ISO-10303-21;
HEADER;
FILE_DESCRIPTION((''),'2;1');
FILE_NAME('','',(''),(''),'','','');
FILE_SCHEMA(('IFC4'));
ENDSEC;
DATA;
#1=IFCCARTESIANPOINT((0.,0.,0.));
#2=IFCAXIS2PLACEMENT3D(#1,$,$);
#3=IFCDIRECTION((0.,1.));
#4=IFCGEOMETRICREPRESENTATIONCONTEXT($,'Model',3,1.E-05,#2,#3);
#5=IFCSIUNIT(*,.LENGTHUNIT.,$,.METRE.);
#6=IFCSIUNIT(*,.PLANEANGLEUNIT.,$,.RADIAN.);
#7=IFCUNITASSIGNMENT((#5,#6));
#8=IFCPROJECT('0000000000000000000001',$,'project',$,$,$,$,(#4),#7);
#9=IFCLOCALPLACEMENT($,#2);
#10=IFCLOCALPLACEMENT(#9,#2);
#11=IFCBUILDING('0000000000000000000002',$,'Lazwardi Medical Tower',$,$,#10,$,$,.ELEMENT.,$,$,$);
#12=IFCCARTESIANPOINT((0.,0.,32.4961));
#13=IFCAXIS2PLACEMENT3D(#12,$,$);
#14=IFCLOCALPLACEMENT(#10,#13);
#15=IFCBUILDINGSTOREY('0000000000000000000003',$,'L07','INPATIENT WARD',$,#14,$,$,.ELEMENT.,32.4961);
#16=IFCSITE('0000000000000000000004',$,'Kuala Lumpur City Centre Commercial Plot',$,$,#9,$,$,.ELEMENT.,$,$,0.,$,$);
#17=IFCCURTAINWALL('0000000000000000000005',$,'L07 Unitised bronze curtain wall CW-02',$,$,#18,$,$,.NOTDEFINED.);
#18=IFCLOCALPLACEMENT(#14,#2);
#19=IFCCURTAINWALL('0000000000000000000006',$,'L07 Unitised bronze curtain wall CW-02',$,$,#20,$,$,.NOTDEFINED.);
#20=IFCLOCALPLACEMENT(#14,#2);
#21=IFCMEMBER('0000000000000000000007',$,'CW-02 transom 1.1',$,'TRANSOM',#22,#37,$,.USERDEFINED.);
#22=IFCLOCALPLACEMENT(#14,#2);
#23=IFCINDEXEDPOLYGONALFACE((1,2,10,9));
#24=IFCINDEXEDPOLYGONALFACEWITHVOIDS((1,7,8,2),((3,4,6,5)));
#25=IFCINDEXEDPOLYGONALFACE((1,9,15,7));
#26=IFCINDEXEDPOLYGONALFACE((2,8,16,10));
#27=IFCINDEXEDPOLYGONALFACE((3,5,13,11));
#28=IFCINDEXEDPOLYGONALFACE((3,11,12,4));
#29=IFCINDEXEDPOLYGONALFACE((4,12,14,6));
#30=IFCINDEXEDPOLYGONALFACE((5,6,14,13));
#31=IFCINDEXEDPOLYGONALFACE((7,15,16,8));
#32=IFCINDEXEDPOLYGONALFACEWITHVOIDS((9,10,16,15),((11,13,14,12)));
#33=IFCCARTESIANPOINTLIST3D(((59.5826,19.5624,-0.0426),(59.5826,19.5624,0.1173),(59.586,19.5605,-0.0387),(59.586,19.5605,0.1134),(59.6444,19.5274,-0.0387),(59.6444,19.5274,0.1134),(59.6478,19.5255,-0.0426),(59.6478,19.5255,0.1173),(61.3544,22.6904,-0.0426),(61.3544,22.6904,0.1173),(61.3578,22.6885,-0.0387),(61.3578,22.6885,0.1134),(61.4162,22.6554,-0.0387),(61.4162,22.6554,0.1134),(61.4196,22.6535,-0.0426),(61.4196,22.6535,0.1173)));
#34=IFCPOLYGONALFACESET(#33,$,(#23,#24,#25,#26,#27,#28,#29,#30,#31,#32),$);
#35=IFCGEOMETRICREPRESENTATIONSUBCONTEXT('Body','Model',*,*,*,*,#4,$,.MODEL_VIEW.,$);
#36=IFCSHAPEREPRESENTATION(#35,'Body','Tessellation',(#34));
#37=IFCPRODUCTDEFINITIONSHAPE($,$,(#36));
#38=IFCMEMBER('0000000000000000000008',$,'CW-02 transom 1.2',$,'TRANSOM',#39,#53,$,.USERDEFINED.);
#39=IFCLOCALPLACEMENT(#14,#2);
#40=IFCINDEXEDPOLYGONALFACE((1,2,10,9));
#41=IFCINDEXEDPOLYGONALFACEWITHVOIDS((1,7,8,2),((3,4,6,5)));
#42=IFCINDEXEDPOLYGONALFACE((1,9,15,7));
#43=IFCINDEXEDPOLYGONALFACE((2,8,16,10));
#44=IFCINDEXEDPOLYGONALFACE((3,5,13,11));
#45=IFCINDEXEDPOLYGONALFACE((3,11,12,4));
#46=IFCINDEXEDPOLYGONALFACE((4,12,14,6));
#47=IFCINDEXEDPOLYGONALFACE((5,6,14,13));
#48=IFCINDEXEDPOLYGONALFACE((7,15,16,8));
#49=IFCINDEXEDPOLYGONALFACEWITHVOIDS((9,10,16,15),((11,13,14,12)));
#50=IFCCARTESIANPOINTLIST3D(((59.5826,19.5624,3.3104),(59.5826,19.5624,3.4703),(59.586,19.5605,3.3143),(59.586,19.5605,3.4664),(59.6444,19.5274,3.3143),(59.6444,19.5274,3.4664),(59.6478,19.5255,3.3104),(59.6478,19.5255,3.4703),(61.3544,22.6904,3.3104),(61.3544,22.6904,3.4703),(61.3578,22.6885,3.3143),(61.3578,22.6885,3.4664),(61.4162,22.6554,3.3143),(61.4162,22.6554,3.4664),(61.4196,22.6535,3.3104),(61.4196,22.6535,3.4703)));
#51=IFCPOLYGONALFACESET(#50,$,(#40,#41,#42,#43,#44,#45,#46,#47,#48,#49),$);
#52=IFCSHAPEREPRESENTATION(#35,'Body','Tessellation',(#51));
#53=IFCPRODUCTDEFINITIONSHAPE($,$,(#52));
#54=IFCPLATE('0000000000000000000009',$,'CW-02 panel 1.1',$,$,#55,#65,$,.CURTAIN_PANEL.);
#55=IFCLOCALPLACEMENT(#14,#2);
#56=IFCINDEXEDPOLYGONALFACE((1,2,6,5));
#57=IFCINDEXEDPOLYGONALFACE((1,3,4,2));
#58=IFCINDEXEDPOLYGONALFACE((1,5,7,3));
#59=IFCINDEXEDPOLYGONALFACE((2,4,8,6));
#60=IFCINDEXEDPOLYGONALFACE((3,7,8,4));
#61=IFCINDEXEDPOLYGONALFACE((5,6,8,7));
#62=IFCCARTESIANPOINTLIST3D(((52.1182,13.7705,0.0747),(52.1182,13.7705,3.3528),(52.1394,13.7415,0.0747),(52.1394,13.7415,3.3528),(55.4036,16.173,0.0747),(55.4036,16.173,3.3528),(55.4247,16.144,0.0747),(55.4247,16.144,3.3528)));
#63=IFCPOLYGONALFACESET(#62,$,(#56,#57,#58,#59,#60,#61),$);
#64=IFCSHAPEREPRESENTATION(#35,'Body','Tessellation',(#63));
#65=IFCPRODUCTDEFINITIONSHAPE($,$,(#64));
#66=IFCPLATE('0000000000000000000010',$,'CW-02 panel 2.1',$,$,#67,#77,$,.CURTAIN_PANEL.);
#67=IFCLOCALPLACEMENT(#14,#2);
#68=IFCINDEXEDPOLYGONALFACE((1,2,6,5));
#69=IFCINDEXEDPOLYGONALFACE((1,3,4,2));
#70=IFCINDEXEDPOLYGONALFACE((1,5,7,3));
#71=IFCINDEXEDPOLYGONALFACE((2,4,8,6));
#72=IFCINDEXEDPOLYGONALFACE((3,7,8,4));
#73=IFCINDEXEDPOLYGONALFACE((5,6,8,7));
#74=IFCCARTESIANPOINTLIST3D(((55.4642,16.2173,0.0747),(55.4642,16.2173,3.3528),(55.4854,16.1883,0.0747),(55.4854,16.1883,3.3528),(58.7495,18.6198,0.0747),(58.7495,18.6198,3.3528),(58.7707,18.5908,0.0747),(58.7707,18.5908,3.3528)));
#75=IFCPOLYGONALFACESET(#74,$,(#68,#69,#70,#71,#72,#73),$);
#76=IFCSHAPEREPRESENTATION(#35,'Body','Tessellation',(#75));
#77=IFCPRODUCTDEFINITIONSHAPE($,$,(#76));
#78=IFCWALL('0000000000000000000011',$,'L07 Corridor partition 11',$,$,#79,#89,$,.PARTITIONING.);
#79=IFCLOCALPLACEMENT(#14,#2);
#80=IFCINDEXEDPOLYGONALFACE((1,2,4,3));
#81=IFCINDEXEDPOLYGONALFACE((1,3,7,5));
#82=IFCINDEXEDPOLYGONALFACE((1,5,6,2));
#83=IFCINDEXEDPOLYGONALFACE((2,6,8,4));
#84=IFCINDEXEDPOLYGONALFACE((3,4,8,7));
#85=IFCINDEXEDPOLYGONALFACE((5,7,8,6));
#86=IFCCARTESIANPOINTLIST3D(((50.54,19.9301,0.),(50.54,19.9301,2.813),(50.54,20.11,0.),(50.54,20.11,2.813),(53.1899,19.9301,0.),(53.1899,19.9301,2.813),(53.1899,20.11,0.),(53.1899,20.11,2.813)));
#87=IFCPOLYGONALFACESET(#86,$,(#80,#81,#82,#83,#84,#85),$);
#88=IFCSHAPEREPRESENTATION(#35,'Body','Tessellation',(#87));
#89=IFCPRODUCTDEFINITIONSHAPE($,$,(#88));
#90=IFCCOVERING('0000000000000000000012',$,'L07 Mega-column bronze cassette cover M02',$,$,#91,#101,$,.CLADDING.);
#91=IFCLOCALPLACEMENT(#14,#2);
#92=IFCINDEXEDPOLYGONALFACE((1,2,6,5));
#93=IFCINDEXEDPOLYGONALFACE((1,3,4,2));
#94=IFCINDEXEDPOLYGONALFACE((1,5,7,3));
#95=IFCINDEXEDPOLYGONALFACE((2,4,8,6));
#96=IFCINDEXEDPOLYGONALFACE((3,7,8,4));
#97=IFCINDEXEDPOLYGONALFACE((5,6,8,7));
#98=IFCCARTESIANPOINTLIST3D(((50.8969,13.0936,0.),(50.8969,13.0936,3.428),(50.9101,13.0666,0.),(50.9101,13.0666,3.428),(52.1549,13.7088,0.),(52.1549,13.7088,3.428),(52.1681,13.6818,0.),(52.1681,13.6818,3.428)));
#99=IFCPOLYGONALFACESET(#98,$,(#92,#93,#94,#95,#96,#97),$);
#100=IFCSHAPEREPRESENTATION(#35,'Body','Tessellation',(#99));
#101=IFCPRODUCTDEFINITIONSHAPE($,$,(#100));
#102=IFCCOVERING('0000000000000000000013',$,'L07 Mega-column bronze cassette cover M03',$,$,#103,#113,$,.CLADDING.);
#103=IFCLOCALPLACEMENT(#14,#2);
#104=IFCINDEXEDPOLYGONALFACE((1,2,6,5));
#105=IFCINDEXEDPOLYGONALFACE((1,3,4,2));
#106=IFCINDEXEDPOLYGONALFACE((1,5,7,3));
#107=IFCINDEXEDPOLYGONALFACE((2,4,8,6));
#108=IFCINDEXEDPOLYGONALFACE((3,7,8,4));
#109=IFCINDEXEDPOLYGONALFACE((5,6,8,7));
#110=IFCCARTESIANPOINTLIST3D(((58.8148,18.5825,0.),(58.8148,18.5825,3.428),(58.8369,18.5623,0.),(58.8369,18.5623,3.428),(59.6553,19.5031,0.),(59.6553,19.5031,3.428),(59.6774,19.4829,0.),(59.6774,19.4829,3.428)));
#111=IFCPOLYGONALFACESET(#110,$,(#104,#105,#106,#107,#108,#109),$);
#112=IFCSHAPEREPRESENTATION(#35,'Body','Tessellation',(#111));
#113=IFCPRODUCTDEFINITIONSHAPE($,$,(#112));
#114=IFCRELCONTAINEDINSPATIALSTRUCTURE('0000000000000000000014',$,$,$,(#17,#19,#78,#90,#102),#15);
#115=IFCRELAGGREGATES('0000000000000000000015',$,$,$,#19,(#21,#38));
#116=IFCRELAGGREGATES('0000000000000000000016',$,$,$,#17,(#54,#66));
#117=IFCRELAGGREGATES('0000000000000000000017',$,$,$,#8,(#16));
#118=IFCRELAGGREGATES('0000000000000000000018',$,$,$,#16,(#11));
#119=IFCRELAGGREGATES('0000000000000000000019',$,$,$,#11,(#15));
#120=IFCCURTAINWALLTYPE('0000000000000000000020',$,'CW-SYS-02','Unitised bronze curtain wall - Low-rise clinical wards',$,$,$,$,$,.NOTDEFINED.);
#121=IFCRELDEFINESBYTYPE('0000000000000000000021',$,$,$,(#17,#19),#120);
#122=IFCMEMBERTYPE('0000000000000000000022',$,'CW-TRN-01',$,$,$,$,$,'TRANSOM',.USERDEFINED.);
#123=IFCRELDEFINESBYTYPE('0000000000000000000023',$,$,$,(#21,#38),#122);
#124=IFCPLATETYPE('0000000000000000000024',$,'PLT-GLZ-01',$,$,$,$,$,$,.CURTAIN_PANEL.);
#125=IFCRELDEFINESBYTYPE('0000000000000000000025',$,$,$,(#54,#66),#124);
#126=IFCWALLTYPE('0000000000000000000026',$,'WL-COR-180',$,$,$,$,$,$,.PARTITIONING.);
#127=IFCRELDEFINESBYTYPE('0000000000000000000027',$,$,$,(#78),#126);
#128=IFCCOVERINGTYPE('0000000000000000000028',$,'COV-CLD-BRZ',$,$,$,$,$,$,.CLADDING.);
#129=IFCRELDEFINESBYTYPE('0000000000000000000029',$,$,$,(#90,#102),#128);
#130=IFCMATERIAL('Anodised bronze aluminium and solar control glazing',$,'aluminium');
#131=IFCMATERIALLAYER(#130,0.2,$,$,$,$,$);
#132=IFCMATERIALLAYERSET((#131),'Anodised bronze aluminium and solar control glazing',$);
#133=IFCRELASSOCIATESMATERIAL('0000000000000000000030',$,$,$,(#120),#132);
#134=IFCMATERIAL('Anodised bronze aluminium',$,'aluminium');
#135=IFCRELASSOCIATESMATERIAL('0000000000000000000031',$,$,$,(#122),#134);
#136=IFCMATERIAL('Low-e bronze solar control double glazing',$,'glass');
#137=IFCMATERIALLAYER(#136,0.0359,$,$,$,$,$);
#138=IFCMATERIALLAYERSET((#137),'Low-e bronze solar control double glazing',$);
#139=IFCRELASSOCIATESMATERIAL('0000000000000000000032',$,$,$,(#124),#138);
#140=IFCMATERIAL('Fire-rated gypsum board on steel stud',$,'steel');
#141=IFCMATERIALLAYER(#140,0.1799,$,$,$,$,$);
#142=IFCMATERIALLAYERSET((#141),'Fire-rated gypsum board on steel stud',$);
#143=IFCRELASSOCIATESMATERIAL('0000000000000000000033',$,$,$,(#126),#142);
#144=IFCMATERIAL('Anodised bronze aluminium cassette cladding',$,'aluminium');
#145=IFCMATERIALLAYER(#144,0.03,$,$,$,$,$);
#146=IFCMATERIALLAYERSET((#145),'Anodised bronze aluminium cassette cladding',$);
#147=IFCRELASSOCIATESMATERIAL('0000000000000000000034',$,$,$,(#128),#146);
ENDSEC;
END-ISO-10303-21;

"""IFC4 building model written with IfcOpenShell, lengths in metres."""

from ifc_helpers import new_model, si_unit, direction, frame, frame_2d, origin, origin_2d, place, context, subcontext, project, spatial, rectangle, hollow_rectangle, extrude, material, layer, layer_set, material_profile, profile_set, type_object, element, aggregate, save


model = new_model("IFC4")

# Units and contexts
model_context = context("Model", 3, precision=1e-05, world=origin(), true_north=direction((0.0, 1.0)))
body_context = subcontext(model_context, "Body", "Model", "MODEL_VIEW")
ifc_project = project(units=[si_unit("LENGTHUNIT", "METRE"), si_unit("PLANEANGLEUNIT", "RADIAN")], contexts=[model_context])

# Site, building, storey
site_placement = place(None, origin())
site = spatial("IfcSite", under=ifc_project, at=site_placement, Name="Kuala Lumpur City Centre Commercial Plot", CompositionType="ELEMENT", RefElevation=0.0)
building_placement = place(site_placement, origin())
building = spatial("IfcBuilding", under=site, at=building_placement, Name="Lazwardi Medical Tower", CompositionType="ELEMENT")
storey_placement = place(building_placement, frame((0.0, 0.0, 32.4961)))
storey = spatial("IfcBuildingStorey", under=building, at=storey_placement, Name="L07", Description="INPATIENT WARD", CompositionType="ELEMENT", Elevation=32.4961)

# Shared definitions
ifc_material_1 = material(Name="Anodised bronze aluminium and solar control glazing", Category="aluminium")
ifc_layer_1 = layer(ifc_material_1, 0.2)
ifc_layer_set_1 = layer_set([ifc_layer_1], Name="Anodised bronze aluminium and solar control glazing")
curtain_wall_type = type_object("IfcCurtainWallType", Name="CW-SYS-02", Description="Unitised bronze curtain wall - Low-rise clinical wards", PredefinedType="NOTDEFINED", material=ifc_layer_set_1)
ifc_material_2 = material(Name="Anodised bronze aluminium", Category="aluminium")

# Curtain wall
curtain_wall_1_placement = place(storey_placement, origin())
curtain_wall_1 = element("IfcCurtainWall", 1, at=curtain_wall_1_placement, inside=storey, type_object=curtain_wall_type, Name="L07 Unitised bronze curtain wall CW-02", PredefinedType="NOTDEFINED")

# Curtain wall
curtain_wall_2_placement = place(storey_placement, origin())
curtain_wall_2 = element("IfcCurtainWall", 2, at=curtain_wall_2_placement, inside=storey, type_object=curtain_wall_type, Name="L07 Unitised bronze curtain wall CW-02", PredefinedType="NOTDEFINED")

# Members
ifc_material_profile_1 = material_profile(ifc_material_2, hollow_rectangle(XDim=0.075, YDim=0.1599, WallThickness=0.0039, at=origin_2d()), Name="ALU-TRANSOM 160x75x4")
ifc_profile_set_1 = profile_set([ifc_material_profile_1], Name="Anodised bronze aluminium")
member_type_1 = type_object("IfcMemberType", Name="CW-TRN-01", ElementType="TRANSOM", PredefinedType="USERDEFINED", material=ifc_profile_set_1)
member_1_placement = place(storey_placement, frame((59.6152, 19.5439, 0.0374), z_axis=(0.492851, 0.870113, 0.0), x_axis=(-0.870113, 0.492851, 0.0)))
member_1 = element("IfcMember", 3, at=member_1_placement, type_object=member_type_1, Name="CW-02 transom 1.1", ObjectType="TRANSOM", PredefinedType="USERDEFINED", context=body_context, shape_type="SweptSolid", body=[
    extrude(hollow_rectangle(XDim=0.075, YDim=0.1599, WallThickness=0.0039, at=origin_2d()), origin(), (0.0, 0.0, 1.0), 3.595),
])
member_2_placement = place(storey_placement, frame((59.6152, 19.5439, 3.3904), z_axis=(0.492851, 0.870113, 0.0), x_axis=(-0.870113, 0.492851, 0.0)))
member_2 = element("IfcMember", 4, at=member_2_placement, type_object=member_type_1, Name="CW-02 transom 1.2", ObjectType="TRANSOM", PredefinedType="USERDEFINED", context=body_context, shape_type="SweptSolid", body=[
    extrude(hollow_rectangle(XDim=0.075, YDim=0.1599, WallThickness=0.0039, at=origin_2d()), origin(), (0.0, 0.0, 1.0), 3.595),
])
aggregate(curtain_wall_2, [member_1, member_2])

# Plates
ifc_material_3 = material(Name="Low-e bronze solar control double glazing", Category="glass")
ifc_layer_2 = layer(ifc_material_3, 0.0359)
ifc_layer_set_2 = layer_set([ifc_layer_2], Name="Low-e bronze solar control double glazing")
plate_type = type_object("IfcPlateType", Name="PLT-GLZ-01", PredefinedType="CURTAIN_PANEL", material=ifc_layer_set_2)
plate_1_placement = place(storey_placement, frame((53.7715, 14.9573, 0.0747), z_axis=(0.0, 0.0, 1.0), x_axis=(0.807192, 0.590289, 0.0)))
plate_1 = element("IfcPlate", 5, at=plate_1_placement, type_object=plate_type, Name="CW-02 panel 1.1", PredefinedType="CURTAIN_PANEL", context=body_context, shape_type="SweptSolid", body=[
    extrude(rectangle(XDim=4.0701, YDim=0.0359, at=origin_2d()), origin(), (0.0, 0.0, 1.0), 3.2781),
])
plate_2_placement = place(storey_placement, frame((57.1174, 17.4041, 0.0747), z_axis=(0.0, 0.0, 1.0), x_axis=(0.807192, 0.590289, 0.0)))
plate_2 = element("IfcPlate", 6, at=plate_2_placement, type_object=plate_type, Name="CW-02 panel 2.1", PredefinedType="CURTAIN_PANEL", context=body_context, shape_type="SweptSolid", body=[
    extrude(rectangle(XDim=4.0701, YDim=0.0359, at=origin_2d()), origin(), (0.0, 0.0, 1.0), 3.2781),
])
aggregate(curtain_wall_1, [plate_1, plate_2])

# Wall
ifc_material_4 = material(Name="Fire-rated gypsum board on steel stud", Category="steel")
ifc_layer_3 = layer(ifc_material_4, 0.1799)
ifc_layer_set_3 = layer_set([ifc_layer_3], Name="Fire-rated gypsum board on steel stud")
wall_type = type_object("IfcWallType", Name="WL-COR-180", PredefinedType="PARTITIONING", material=ifc_layer_set_3)
wall_placement = place(storey_placement, frame((53.1899, 20.02, 0.0), z_axis=(0.0, 0.0, 1.0), x_axis=(-1.0, 0.0, 0.0)))
element("IfcWall", 7, at=wall_placement, inside=storey, type_object=wall_type, Name="L07 Corridor partition 11", PredefinedType="PARTITIONING", context=body_context, shape_type="SweptSolid", body=[
    extrude(rectangle(XDim=2.6499, YDim=0.1799, at=frame_2d((1.325, 0.0))), origin(), (0.0, 0.0, 1.0), 2.813),
])

# Coverings
ifc_material_5 = material(Name="Anodised bronze aluminium cassette cladding", Category="aluminium")
ifc_layer_4 = layer(ifc_material_5, 0.03)
ifc_layer_set_4 = layer_set([ifc_layer_4], Name="Anodised bronze aluminium cassette cladding")
covering_type = type_object("IfcCoveringType", Name="COV-CLD-BRZ", PredefinedType="CLADDING", material=ifc_layer_set_4)
covering_1_placement = place(storey_placement, frame((51.5325, 13.3877, 0.0), z_axis=(0.0, 0.0, 1.0), x_axis=(0.898334, 0.439312, 0.0)))
element("IfcCovering", 8, at=covering_1_placement, inside=storey, type_object=covering_type, Name="L07 Mega-column bronze cassette cover M02", PredefinedType="CLADDING", context=body_context, shape_type="SweptSolid", body=[
    extrude(rectangle(XDim=1.4004, YDim=0.03, at=origin_2d()), origin(), (0.0, 0.0, 1.0), 3.428),
])
covering_2_placement = place(storey_placement, frame((59.2461, 19.0327, 0.0), z_axis=(0.0, 0.0, 1.0), x_axis=(0.674252, 0.738501, 0.0)))
element("IfcCovering", 9, at=covering_2_placement, inside=storey, type_object=covering_type, Name="L07 Mega-column bronze cassette cover M03", PredefinedType="CLADDING", context=body_context, shape_type="SweptSolid", body=[
    extrude(rectangle(XDim=1.2466, YDim=0.03, at=origin_2d()), origin(), (0.0, 0.0, 1.0), 3.428),
])

save(model, "model.ifc")
